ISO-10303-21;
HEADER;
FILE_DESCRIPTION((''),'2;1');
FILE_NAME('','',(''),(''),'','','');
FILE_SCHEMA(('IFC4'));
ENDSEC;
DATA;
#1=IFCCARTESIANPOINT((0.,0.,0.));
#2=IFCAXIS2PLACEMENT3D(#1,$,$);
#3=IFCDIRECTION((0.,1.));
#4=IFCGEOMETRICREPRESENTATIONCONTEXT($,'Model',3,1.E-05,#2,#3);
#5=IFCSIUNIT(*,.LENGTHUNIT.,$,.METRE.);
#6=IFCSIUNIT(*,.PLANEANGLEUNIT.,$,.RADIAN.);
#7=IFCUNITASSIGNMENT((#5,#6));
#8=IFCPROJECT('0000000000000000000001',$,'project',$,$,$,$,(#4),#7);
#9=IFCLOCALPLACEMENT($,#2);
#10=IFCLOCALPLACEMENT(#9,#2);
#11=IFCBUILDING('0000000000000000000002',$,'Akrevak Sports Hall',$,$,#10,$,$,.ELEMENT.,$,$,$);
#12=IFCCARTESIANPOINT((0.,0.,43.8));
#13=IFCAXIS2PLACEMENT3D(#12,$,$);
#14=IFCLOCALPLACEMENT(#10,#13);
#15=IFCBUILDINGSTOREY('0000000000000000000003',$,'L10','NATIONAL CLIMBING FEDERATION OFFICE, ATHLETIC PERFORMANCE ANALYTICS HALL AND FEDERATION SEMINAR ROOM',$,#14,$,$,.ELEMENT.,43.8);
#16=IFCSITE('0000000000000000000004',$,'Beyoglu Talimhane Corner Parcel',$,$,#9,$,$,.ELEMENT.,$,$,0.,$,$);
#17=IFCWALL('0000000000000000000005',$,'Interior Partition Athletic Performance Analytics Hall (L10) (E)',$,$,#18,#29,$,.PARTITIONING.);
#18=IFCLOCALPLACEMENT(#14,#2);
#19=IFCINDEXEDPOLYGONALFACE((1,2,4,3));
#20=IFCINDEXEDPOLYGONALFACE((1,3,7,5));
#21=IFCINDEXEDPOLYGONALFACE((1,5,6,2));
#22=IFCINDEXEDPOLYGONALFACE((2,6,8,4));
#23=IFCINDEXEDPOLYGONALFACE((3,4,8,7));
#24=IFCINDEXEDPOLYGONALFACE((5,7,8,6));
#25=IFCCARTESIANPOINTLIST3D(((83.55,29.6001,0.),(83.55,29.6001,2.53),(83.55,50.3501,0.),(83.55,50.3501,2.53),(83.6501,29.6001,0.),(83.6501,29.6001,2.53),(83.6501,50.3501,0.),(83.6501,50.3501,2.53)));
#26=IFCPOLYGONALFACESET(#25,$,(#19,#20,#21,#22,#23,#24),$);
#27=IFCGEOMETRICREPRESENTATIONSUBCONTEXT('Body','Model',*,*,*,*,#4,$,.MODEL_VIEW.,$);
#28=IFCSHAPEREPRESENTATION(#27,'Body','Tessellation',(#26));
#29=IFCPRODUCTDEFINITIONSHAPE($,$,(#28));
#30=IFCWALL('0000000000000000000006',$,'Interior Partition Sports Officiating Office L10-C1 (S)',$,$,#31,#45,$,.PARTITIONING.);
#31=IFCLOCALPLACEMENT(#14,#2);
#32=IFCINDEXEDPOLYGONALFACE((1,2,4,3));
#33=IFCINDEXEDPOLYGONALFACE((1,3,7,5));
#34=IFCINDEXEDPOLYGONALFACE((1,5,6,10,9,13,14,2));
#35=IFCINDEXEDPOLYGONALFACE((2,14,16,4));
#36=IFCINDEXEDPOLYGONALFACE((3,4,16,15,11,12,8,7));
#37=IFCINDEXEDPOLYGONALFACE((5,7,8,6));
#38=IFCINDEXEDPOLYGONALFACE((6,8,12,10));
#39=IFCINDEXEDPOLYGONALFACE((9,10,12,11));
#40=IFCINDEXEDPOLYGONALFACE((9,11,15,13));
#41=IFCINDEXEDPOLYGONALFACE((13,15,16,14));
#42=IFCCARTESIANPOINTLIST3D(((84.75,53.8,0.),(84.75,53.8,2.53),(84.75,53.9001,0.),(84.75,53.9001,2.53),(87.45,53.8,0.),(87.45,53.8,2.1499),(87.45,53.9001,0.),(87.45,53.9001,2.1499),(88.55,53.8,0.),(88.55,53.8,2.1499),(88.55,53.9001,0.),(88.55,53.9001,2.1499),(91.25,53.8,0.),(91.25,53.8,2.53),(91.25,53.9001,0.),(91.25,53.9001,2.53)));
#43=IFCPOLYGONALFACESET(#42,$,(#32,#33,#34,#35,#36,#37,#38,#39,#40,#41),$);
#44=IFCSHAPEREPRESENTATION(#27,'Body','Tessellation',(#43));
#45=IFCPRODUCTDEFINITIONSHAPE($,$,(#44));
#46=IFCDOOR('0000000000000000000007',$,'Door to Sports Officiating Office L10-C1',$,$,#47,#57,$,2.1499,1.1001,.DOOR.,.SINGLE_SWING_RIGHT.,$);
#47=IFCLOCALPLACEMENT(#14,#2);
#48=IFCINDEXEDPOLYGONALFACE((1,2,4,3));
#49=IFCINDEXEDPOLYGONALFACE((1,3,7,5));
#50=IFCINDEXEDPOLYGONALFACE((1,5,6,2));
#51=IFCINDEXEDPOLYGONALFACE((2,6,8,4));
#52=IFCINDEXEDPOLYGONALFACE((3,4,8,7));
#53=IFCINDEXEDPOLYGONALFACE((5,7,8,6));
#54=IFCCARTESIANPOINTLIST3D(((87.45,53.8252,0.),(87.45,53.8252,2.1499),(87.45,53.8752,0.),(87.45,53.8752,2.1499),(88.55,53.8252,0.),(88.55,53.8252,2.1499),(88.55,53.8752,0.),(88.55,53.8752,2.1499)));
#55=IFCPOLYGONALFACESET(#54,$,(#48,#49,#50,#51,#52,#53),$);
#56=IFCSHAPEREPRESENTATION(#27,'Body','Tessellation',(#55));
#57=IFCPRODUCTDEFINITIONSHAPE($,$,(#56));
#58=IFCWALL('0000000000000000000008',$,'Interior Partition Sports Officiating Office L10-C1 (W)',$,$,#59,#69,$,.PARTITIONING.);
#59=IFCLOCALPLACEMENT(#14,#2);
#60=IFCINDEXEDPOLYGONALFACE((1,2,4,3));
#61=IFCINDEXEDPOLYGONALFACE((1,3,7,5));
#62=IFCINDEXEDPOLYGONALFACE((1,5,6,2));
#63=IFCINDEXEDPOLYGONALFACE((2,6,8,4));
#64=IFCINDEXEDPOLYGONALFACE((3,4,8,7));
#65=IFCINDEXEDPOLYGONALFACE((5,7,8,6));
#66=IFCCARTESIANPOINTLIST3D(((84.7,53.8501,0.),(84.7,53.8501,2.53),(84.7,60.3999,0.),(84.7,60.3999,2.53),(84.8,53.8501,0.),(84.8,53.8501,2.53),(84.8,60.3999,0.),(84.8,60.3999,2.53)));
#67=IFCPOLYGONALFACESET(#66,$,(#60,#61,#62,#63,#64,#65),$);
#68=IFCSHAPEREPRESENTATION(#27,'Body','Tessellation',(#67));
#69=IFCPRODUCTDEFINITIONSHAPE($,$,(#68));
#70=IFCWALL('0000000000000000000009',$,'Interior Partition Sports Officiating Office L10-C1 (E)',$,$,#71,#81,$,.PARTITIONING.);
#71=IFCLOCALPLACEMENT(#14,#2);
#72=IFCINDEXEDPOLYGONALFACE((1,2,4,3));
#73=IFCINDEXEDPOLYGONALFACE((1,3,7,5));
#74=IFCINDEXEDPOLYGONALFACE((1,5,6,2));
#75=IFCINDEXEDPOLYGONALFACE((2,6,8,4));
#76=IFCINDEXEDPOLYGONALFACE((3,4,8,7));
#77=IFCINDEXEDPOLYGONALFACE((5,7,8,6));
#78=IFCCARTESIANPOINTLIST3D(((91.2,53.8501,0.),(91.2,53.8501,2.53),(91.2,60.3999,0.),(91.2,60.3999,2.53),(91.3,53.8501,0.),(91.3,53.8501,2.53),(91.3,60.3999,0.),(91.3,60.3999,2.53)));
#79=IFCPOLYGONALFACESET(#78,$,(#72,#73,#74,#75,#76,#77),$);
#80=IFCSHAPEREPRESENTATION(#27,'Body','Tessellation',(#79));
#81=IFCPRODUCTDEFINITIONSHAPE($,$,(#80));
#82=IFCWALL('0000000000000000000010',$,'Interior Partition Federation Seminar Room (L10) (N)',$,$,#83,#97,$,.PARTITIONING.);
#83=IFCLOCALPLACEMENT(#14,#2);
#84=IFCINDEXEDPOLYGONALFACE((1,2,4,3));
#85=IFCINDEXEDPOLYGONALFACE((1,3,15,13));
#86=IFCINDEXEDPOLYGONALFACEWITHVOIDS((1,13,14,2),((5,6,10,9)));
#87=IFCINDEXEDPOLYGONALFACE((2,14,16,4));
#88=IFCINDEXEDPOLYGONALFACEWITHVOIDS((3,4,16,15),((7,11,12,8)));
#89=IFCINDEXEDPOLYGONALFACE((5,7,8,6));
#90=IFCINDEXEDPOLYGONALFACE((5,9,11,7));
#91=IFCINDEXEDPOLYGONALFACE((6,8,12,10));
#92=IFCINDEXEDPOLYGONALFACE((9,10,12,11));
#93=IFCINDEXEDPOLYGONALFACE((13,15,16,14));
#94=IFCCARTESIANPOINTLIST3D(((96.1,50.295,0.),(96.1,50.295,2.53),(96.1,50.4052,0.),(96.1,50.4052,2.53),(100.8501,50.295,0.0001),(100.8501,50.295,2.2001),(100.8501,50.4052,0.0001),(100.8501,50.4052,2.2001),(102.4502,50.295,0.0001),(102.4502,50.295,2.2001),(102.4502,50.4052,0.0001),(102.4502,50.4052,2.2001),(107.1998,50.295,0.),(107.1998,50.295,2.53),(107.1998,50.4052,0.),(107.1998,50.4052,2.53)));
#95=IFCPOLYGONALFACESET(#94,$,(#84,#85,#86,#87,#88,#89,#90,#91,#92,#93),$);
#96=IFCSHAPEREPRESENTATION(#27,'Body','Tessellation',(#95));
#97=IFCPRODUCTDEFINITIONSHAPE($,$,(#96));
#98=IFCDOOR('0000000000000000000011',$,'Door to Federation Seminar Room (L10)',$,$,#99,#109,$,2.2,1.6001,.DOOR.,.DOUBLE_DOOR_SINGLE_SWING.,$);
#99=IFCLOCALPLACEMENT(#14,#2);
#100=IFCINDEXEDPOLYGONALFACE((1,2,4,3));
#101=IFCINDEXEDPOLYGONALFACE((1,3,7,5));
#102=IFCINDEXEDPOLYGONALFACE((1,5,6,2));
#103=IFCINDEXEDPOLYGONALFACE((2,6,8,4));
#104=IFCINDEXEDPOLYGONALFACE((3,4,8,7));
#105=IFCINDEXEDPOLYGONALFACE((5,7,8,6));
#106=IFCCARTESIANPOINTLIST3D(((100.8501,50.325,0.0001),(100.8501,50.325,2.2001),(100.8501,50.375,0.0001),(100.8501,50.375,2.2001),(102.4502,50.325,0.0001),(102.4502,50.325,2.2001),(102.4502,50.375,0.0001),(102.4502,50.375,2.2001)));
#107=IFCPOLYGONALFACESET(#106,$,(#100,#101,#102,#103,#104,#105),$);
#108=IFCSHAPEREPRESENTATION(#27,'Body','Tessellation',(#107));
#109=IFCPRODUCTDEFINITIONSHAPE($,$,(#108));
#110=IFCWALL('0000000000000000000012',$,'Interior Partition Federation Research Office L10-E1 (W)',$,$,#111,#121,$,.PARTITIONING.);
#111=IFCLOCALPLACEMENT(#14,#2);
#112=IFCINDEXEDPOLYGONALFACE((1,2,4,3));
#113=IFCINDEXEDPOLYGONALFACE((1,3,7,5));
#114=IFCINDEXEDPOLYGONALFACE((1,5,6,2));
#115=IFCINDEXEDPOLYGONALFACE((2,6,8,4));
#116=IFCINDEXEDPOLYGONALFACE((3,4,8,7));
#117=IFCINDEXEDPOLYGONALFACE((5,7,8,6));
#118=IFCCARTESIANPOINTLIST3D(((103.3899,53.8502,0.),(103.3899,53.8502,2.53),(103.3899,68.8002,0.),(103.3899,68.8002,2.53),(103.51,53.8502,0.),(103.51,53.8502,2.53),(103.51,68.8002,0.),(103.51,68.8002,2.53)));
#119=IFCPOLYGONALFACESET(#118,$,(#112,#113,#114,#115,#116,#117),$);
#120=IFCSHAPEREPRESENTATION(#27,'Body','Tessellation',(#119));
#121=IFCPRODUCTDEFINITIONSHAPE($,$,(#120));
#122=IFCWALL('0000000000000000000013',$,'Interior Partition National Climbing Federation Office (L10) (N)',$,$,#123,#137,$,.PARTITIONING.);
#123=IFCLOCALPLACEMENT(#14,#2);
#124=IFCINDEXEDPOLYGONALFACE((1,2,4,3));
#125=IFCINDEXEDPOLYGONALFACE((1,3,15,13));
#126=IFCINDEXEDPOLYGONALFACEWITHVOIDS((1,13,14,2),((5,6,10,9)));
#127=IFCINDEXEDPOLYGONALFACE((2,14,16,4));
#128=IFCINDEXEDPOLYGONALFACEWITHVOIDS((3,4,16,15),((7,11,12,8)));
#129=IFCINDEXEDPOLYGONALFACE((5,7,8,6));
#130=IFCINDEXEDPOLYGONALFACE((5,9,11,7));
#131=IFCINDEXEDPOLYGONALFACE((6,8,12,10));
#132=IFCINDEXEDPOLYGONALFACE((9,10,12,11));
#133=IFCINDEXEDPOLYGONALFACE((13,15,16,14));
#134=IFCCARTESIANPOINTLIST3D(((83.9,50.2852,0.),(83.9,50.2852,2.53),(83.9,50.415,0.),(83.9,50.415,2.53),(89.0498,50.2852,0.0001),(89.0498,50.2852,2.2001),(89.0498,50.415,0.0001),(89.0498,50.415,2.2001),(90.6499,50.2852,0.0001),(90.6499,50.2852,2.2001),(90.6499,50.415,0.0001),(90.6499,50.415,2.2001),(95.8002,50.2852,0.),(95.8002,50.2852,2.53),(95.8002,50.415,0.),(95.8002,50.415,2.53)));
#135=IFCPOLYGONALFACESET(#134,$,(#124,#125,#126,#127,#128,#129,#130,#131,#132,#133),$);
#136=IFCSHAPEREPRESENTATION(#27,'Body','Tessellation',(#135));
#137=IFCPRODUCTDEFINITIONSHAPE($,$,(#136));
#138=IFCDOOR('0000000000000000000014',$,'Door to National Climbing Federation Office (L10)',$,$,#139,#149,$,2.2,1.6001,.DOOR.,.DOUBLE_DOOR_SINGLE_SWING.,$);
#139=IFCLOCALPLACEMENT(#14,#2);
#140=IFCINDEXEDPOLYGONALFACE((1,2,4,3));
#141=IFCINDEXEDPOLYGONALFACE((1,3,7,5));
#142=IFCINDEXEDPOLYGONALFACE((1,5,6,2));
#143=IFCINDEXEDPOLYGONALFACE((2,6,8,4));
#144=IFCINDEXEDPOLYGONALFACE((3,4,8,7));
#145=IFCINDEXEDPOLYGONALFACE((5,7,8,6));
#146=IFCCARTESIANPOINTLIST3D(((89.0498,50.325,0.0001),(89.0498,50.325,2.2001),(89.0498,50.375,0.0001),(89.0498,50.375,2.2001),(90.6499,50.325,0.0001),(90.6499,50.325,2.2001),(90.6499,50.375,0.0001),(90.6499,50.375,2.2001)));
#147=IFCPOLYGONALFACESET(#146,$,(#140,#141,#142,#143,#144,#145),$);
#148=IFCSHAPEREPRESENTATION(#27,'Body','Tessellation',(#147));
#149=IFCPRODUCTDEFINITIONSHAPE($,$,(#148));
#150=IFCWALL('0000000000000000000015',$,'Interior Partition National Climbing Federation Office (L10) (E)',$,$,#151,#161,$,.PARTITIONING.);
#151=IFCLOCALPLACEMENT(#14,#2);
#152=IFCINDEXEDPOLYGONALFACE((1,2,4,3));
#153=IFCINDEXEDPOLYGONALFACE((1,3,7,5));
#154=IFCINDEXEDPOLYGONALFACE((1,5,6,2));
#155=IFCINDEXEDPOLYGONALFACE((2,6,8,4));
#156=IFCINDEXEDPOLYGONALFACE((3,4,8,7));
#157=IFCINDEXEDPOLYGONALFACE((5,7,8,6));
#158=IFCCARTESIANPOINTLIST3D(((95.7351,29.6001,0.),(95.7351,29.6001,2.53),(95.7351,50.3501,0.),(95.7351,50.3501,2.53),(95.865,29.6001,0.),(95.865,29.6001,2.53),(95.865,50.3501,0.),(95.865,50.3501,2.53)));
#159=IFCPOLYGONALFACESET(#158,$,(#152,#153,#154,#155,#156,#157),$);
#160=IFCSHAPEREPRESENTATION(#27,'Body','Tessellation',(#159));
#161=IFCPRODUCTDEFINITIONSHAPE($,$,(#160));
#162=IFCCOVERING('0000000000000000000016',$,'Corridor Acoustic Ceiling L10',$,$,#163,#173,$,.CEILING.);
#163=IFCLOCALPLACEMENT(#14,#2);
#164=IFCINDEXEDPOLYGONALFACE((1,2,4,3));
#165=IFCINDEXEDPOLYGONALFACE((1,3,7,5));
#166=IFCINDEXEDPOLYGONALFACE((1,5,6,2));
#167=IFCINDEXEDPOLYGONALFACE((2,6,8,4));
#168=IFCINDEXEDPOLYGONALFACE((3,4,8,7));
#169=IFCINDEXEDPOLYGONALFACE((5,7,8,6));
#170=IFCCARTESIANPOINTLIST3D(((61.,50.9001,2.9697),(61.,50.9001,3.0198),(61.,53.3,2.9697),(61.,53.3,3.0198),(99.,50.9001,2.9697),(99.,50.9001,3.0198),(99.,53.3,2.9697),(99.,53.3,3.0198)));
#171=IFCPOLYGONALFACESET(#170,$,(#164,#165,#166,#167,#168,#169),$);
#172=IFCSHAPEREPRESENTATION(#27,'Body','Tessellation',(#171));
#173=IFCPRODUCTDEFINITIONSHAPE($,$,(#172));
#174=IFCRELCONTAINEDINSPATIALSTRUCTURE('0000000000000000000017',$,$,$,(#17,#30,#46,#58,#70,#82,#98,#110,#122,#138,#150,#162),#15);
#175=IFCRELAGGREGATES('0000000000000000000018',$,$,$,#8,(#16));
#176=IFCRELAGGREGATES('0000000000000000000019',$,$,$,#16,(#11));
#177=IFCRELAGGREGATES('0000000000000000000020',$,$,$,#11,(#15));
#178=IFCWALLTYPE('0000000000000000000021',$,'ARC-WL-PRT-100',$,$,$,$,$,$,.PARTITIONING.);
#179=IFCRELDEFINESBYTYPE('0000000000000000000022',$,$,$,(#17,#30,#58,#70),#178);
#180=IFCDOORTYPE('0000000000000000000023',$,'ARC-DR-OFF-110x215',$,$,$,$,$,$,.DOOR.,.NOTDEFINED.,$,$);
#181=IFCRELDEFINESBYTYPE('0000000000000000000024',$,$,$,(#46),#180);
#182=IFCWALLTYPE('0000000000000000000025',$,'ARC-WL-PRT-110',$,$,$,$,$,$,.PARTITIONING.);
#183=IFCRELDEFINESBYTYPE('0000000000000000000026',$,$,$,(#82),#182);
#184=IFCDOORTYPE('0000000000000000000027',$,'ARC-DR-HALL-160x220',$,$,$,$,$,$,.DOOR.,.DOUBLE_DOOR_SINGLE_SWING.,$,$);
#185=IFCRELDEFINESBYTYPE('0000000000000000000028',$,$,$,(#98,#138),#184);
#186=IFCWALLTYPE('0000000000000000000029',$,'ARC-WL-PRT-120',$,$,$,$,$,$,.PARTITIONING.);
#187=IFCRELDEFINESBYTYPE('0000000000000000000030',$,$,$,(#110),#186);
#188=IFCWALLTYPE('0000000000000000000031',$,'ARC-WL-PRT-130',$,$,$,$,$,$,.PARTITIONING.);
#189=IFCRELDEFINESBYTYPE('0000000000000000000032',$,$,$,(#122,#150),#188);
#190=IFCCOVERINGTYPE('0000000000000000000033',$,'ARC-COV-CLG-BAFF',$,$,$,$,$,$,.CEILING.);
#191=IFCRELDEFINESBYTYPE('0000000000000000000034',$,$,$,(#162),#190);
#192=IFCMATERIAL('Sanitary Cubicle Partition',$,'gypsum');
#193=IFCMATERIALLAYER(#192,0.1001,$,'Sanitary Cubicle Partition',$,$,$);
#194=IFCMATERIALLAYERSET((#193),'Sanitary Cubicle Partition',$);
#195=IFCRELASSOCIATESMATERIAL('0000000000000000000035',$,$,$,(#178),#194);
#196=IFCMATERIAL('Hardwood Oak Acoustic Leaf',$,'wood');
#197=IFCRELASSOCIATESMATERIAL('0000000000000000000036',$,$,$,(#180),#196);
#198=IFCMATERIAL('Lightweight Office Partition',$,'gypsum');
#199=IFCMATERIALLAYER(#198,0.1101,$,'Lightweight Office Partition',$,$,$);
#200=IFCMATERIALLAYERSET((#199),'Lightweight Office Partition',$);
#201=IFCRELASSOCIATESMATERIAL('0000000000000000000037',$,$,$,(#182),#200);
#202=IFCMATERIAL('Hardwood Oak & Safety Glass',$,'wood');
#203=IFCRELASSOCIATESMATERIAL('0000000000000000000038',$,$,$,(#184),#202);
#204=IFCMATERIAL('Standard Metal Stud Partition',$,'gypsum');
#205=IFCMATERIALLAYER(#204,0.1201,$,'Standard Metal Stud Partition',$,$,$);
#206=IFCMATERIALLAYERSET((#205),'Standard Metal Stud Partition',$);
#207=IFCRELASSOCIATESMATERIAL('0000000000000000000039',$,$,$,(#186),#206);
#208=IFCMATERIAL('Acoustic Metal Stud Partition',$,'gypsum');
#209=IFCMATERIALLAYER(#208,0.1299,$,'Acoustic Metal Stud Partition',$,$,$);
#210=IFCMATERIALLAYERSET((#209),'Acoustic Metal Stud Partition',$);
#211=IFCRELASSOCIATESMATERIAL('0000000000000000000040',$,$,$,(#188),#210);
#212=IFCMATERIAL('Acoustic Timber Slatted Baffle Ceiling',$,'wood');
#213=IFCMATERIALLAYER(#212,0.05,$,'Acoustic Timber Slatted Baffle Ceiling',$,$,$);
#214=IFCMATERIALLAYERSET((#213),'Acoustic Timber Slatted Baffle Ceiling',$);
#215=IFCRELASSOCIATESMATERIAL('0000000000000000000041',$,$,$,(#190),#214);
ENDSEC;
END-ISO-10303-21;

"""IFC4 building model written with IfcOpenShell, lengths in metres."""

from ifc_helpers import new_model, si_unit, direction, frame, frame_2d, origin, origin_2d, place, context, subcontext, project, spatial, rectangle, extrude, material, layer, layer_set, type_object, element, fill, save


model = new_model("IFC4")

# Units and contexts
model_context = context("Model", 3, precision=1e-05, world=origin(), true_north=direction((0.0, 1.0)))
body_context = subcontext(model_context, "Body", "Model", "MODEL_VIEW")
ifc_project = project(units=[si_unit("LENGTHUNIT", "METRE"), si_unit("PLANEANGLEUNIT", "RADIAN")], contexts=[model_context])

# Site, building, storey
site_placement = place(None, origin())
site = spatial("IfcSite", under=ifc_project, at=site_placement, Name="Beyoglu Talimhane Corner Parcel", CompositionType="ELEMENT", RefElevation=0.0)
building_placement = place(site_placement, origin())
building = spatial("IfcBuilding", under=site, at=building_placement, Name="Akrevak Sports Hall", CompositionType="ELEMENT")
storey_placement = place(building_placement, frame((0.0, 0.0, 43.8)))
storey = spatial("IfcBuildingStorey", under=building, at=storey_placement, Name="L10", Description="NATIONAL CLIMBING FEDERATION OFFICE, ATHLETIC PERFORMANCE ANALYTICS HALL AND FEDERATION SEMINAR ROOM", CompositionType="ELEMENT", Elevation=43.8)

# Wall
ifc_material_1 = material(Name="Sanitary Cubicle Partition", Category="gypsum")
ifc_layer_1 = layer(ifc_material_1, 0.1001, Name="Sanitary Cubicle Partition")
ifc_layer_set_1 = layer_set([ifc_layer_1], Name="Sanitary Cubicle Partition")
wall_type_1 = type_object("IfcWallType", Name="ARC-WL-PRT-100", PredefinedType="PARTITIONING", material=ifc_layer_set_1)
wall_1_placement = place(storey_placement, frame((83.6001, 29.6001, 0.0), z_axis=(0.0, 0.0, 1.0), x_axis=(0.0, 1.0, 0.0)))
element("IfcWall", 1, at=wall_1_placement, inside=storey, type_object=wall_type_1, Name="Interior Partition Athletic Performance Analytics Hall (L10) (E)", PredefinedType="PARTITIONING", context=body_context, shape_type="SweptSolid", body=[
    extrude(rectangle(XDim=20.75, YDim=0.1001, at=frame_2d((10.375, 0.0))), origin(), (0.0, 0.0, 1.0), 2.53),
])

# Wall, opening, door
wall_2_placement = place(storey_placement, frame((84.75, 53.8501, 0.0), z_axis=(0.0, 0.0, 1.0), x_axis=(1.0, 0.0, 0.0)))
wall_2 = element("IfcWall", 2, at=wall_2_placement, inside=storey, type_object=wall_type_1, Name="Interior Partition Sports Officiating Office L10-C1 (S)", PredefinedType="PARTITIONING", context=body_context, shape_type="SweptSolid", body=[
    extrude(rectangle(XDim=6.5, YDim=0.1001, at=frame_2d((3.25, 0.0))), origin(), (0.0, 0.0, 1.0), 2.53),
])
opening_1_placement = place(wall_2_placement, frame((2.7, 0.0, 0.0)))
opening_1 = element("IfcOpeningElement", 3, at=opening_1_placement, cuts=wall_2, PredefinedType="OPENING", context=body_context, shape_type="SweptSolid", body=[
    extrude(rectangle(XDim=1.1001, YDim=2.1499, at=frame_2d((0.55, 1.075))), frame((0.0, 0.062, 0.0), z_axis=(0.0, -1.0, 0.0), x_axis=(1.0, 0.0, 0.0)), (0.0, 0.0, 1.0), 0.124),
])
ifc_material_2 = material(Name="Hardwood Oak Acoustic Leaf", Category="wood")
door_type_1 = type_object("IfcDoorType", Name="ARC-DR-OFF-110x215", OperationType="NOTDEFINED", PredefinedType="DOOR", material=ifc_material_2)
door_1_placement = place(opening_1_placement, frame((1.1001, 0.0, 0.0), z_axis=(0.0, 0.0, 1.0), x_axis=(-1.0, 0.0, 0.0)))
door_1 = element("IfcDoor", 4, at=door_1_placement, inside=storey, type_object=door_type_1, Name="Door to Sports Officiating Office L10-C1", OperationType="SINGLE_SWING_RIGHT", OverallHeight=2.1499, OverallWidth=1.1001, PredefinedType="DOOR", context=body_context, shape_type="SweptSolid", body=[
    extrude(rectangle(XDim=1.1001, YDim=2.1499, at=frame_2d((0.55, 1.075))), frame((0.0, 0.0249, 0.0), z_axis=(0.0, -1.0, 0.0), x_axis=(1.0, 0.0, 0.0)), (0.0, 0.0, 1.0), 0.05),
])
fill(opening_1, door_1)

# Walls
for number, where, z_axis, x_axis, name in (
    (5, (84.75, 53.8501, 0.0), (0.0, 0.0, 1.0), (0.0, 1.0, 0.0), "Interior Partition Sports Officiating Office L10-C1 (W)"),
    (6, (91.25, 53.8501, 0.0), (0.0, 0.0, 1.0), (0.0, 1.0, 0.0), "Interior Partition Sports Officiating Office L10-C1 (E)"),
):
    element("IfcWall", number, at=place(storey_placement, frame(where, z_axis=z_axis, x_axis=x_axis)), inside=storey, type_object=wall_type_1, Name=name, PredefinedType="PARTITIONING", context=body_context, shape_type="SweptSolid", body=[
        extrude(rectangle(XDim=6.5498, YDim=0.1001, at=frame_2d((3.2749, 0.0))), origin(), (0.0, 0.0, 1.0), 2.53),
    ])

# Wall, opening, door
ifc_material_3 = material(Name="Lightweight Office Partition", Category="gypsum")
ifc_layer_2 = layer(ifc_material_3, 0.1101, Name="Lightweight Office Partition")
ifc_layer_set_2 = layer_set([ifc_layer_2], Name="Lightweight Office Partition")
wall_type_2 = type_object("IfcWallType", Name="ARC-WL-PRT-110", PredefinedType="PARTITIONING", material=ifc_layer_set_2)
wall_3_placement = place(storey_placement, frame((96.1001, 50.3501, 0.0), z_axis=(0.0, 0.0, 1.0), x_axis=(1.0, 0.0, 0.0)))
wall_3 = element("IfcWall", 7, at=wall_3_placement, inside=storey, type_object=wall_type_2, Name="Interior Partition Federation Seminar Room (L10) (N)", PredefinedType="PARTITIONING", context=body_context, shape_type="SweptSolid", body=[
    extrude(rectangle(XDim=11.0999, YDim=0.1101, at=frame_2d((5.5498, 0.0))), origin(), (0.0, 0.0, 1.0), 2.53),
])
opening_2_placement = place(wall_3_placement, frame((4.75, 0.0, 0.0)))
opening_2 = element("IfcOpeningElement", 8, at=opening_2_placement, cuts=wall_3, PredefinedType="OPENING", context=body_context, shape_type="SweptSolid", body=[
    extrude(rectangle(XDim=1.6001, YDim=2.2, at=frame_2d((0.8, 1.1001))), frame((0.0, 0.0669, 0.0), z_axis=(0.0, -1.0, 0.0), x_axis=(1.0, 0.0, 0.0)), (0.0, 0.0, 1.0), 0.134),
])
ifc_material_4 = material(Name="Hardwood Oak & Safety Glass", Category="wood")
door_type_2 = type_object("IfcDoorType", Name="ARC-DR-HALL-160x220", OperationType="DOUBLE_DOOR_SINGLE_SWING", PredefinedType="DOOR", material=ifc_material_4)
door_2_placement = place(opening_2_placement, origin())
door_2 = element("IfcDoor", 9, at=door_2_placement, inside=storey, type_object=door_type_2, Name="Door to Federation Seminar Room (L10)", OperationType="DOUBLE_DOOR_SINGLE_SWING", OverallHeight=2.2, OverallWidth=1.6001, PredefinedType="DOOR", context=body_context, shape_type="SweptSolid", body=[
    extrude(rectangle(XDim=1.6001, YDim=2.2, at=frame_2d((0.8, 1.1001))), frame((0.0, 0.0249, 0.0), z_axis=(0.0, -1.0, 0.0), x_axis=(1.0, 0.0, 0.0)), (0.0, 0.0, 1.0), 0.05),
])
fill(opening_2, door_2)
ifc_material_5 = material(Name="Standard Metal Stud Partition", Category="gypsum")
ifc_layer_3 = layer(ifc_material_5, 0.1201, Name="Standard Metal Stud Partition")
ifc_layer_set_3 = layer_set([ifc_layer_3], Name="Standard Metal Stud Partition")
wall_type_3 = type_object("IfcWallType", Name="ARC-WL-PRT-120", PredefinedType="PARTITIONING", material=ifc_layer_set_3)

# Wall
wall_4_placement = place(storey_placement, frame((103.45, 53.8501, 0.0), z_axis=(0.0, 0.0, 1.0), x_axis=(0.0, 1.0, 0.0)))
element("IfcWall", 10, at=wall_4_placement, inside=storey, type_object=wall_type_3, Name="Interior Partition Federation Research Office L10-E1 (W)", PredefinedType="PARTITIONING", context=body_context, shape_type="SweptSolid", body=[
    extrude(rectangle(XDim=14.95, YDim=0.1201, at=frame_2d((7.4751, 0.0))), origin(), (0.0, 0.0, 1.0), 2.53),
])

# Wall, opening, door
ifc_material_6 = material(Name="Acoustic Metal Stud Partition", Category="gypsum")
ifc_layer_4 = layer(ifc_material_6, 0.1299, Name="Acoustic Metal Stud Partition")
ifc_layer_set_4 = layer_set([ifc_layer_4], Name="Acoustic Metal Stud Partition")
wall_type_4 = type_object("IfcWallType", Name="ARC-WL-PRT-130", PredefinedType="PARTITIONING", material=ifc_layer_set_4)
wall_5_placement = place(storey_placement, frame((83.8999, 50.3501, 0.0), z_axis=(0.0, 0.0, 1.0), x_axis=(1.0, 0.0, 0.0)))
wall_5 = element("IfcWall", 11, at=wall_5_placement, inside=storey, type_object=wall_type_4, Name="Interior Partition National Climbing Federation Office (L10) (N)", PredefinedType="PARTITIONING", context=body_context, shape_type="SweptSolid", body=[
    extrude(rectangle(XDim=11.9001, YDim=0.1299, at=frame_2d((5.9502, 0.0))), origin(), (0.0, 0.0, 1.0), 2.53),
])
opening_3_placement = place(wall_5_placement, frame((5.1499, 0.0, 0.0)))
opening_3 = element("IfcOpeningElement", 12, at=opening_3_placement, cuts=wall_5, PredefinedType="OPENING", context=body_context, shape_type="SweptSolid", body=[
    extrude(rectangle(XDim=1.6001, YDim=2.2, at=frame_2d((0.8, 1.1001))), frame((0.0, 0.0769, 0.0), z_axis=(0.0, -1.0, 0.0), x_axis=(1.0, 0.0, 0.0)), (0.0, 0.0, 1.0), 0.1538),
])
door_3_placement = place(opening_3_placement, origin())
door_3 = element("IfcDoor", 13, at=door_3_placement, inside=storey, type_object=door_type_2, Name="Door to National Climbing Federation Office (L10)", OperationType="DOUBLE_DOOR_SINGLE_SWING", OverallHeight=2.2, OverallWidth=1.6001, PredefinedType="DOOR", context=body_context, shape_type="SweptSolid", body=[
    extrude(rectangle(XDim=1.6001, YDim=2.2, at=frame_2d((0.8, 1.1001))), frame((0.0, 0.0249, 0.0), z_axis=(0.0, -1.0, 0.0), x_axis=(1.0, 0.0, 0.0)), (0.0, 0.0, 1.0), 0.05),
])
fill(opening_3, door_3)

# Wall
wall_6_placement = place(storey_placement, frame((95.8, 29.6001, 0.0), z_axis=(0.0, 0.0, 1.0), x_axis=(0.0, 1.0, 0.0)))
element("IfcWall", 14, at=wall_6_placement, inside=storey, type_object=wall_type_4, Name="Interior Partition National Climbing Federation Office (L10) (E)", PredefinedType="PARTITIONING", context=body_context, shape_type="SweptSolid", body=[
    extrude(rectangle(XDim=20.75, YDim=0.1299, at=frame_2d((10.375, 0.0))), origin(), (0.0, 0.0, 1.0), 2.53),
])

# Covering
ifc_material_7 = material(Name="Acoustic Timber Slatted Baffle Ceiling", Category="wood")
ifc_layer_5 = layer(ifc_material_7, 0.05, Name="Acoustic Timber Slatted Baffle Ceiling")
ifc_layer_set_5 = layer_set([ifc_layer_5], Name="Acoustic Timber Slatted Baffle Ceiling")
covering_type = type_object("IfcCoveringType", Name="ARC-COV-CLG-BAFF", PredefinedType="CEILING", material=ifc_layer_set_5)
covering_placement = place(storey_placement, frame((80.0, 52.1001, 2.9697), z_axis=(0.0, 0.0, 1.0), x_axis=(1.0, 0.0, 0.0)))
element("IfcCovering", 15, at=covering_placement, inside=storey, type_object=covering_type, Name="Corridor Acoustic Ceiling L10", PredefinedType="CEILING", context=body_context, shape_type="SweptSolid", body=[
    extrude(rectangle(XDim=38.0, YDim=2.3999, at=origin_2d()), origin(), (0.0, 0.0, 1.0), 0.05),
])

save(model, "model.ifc")
